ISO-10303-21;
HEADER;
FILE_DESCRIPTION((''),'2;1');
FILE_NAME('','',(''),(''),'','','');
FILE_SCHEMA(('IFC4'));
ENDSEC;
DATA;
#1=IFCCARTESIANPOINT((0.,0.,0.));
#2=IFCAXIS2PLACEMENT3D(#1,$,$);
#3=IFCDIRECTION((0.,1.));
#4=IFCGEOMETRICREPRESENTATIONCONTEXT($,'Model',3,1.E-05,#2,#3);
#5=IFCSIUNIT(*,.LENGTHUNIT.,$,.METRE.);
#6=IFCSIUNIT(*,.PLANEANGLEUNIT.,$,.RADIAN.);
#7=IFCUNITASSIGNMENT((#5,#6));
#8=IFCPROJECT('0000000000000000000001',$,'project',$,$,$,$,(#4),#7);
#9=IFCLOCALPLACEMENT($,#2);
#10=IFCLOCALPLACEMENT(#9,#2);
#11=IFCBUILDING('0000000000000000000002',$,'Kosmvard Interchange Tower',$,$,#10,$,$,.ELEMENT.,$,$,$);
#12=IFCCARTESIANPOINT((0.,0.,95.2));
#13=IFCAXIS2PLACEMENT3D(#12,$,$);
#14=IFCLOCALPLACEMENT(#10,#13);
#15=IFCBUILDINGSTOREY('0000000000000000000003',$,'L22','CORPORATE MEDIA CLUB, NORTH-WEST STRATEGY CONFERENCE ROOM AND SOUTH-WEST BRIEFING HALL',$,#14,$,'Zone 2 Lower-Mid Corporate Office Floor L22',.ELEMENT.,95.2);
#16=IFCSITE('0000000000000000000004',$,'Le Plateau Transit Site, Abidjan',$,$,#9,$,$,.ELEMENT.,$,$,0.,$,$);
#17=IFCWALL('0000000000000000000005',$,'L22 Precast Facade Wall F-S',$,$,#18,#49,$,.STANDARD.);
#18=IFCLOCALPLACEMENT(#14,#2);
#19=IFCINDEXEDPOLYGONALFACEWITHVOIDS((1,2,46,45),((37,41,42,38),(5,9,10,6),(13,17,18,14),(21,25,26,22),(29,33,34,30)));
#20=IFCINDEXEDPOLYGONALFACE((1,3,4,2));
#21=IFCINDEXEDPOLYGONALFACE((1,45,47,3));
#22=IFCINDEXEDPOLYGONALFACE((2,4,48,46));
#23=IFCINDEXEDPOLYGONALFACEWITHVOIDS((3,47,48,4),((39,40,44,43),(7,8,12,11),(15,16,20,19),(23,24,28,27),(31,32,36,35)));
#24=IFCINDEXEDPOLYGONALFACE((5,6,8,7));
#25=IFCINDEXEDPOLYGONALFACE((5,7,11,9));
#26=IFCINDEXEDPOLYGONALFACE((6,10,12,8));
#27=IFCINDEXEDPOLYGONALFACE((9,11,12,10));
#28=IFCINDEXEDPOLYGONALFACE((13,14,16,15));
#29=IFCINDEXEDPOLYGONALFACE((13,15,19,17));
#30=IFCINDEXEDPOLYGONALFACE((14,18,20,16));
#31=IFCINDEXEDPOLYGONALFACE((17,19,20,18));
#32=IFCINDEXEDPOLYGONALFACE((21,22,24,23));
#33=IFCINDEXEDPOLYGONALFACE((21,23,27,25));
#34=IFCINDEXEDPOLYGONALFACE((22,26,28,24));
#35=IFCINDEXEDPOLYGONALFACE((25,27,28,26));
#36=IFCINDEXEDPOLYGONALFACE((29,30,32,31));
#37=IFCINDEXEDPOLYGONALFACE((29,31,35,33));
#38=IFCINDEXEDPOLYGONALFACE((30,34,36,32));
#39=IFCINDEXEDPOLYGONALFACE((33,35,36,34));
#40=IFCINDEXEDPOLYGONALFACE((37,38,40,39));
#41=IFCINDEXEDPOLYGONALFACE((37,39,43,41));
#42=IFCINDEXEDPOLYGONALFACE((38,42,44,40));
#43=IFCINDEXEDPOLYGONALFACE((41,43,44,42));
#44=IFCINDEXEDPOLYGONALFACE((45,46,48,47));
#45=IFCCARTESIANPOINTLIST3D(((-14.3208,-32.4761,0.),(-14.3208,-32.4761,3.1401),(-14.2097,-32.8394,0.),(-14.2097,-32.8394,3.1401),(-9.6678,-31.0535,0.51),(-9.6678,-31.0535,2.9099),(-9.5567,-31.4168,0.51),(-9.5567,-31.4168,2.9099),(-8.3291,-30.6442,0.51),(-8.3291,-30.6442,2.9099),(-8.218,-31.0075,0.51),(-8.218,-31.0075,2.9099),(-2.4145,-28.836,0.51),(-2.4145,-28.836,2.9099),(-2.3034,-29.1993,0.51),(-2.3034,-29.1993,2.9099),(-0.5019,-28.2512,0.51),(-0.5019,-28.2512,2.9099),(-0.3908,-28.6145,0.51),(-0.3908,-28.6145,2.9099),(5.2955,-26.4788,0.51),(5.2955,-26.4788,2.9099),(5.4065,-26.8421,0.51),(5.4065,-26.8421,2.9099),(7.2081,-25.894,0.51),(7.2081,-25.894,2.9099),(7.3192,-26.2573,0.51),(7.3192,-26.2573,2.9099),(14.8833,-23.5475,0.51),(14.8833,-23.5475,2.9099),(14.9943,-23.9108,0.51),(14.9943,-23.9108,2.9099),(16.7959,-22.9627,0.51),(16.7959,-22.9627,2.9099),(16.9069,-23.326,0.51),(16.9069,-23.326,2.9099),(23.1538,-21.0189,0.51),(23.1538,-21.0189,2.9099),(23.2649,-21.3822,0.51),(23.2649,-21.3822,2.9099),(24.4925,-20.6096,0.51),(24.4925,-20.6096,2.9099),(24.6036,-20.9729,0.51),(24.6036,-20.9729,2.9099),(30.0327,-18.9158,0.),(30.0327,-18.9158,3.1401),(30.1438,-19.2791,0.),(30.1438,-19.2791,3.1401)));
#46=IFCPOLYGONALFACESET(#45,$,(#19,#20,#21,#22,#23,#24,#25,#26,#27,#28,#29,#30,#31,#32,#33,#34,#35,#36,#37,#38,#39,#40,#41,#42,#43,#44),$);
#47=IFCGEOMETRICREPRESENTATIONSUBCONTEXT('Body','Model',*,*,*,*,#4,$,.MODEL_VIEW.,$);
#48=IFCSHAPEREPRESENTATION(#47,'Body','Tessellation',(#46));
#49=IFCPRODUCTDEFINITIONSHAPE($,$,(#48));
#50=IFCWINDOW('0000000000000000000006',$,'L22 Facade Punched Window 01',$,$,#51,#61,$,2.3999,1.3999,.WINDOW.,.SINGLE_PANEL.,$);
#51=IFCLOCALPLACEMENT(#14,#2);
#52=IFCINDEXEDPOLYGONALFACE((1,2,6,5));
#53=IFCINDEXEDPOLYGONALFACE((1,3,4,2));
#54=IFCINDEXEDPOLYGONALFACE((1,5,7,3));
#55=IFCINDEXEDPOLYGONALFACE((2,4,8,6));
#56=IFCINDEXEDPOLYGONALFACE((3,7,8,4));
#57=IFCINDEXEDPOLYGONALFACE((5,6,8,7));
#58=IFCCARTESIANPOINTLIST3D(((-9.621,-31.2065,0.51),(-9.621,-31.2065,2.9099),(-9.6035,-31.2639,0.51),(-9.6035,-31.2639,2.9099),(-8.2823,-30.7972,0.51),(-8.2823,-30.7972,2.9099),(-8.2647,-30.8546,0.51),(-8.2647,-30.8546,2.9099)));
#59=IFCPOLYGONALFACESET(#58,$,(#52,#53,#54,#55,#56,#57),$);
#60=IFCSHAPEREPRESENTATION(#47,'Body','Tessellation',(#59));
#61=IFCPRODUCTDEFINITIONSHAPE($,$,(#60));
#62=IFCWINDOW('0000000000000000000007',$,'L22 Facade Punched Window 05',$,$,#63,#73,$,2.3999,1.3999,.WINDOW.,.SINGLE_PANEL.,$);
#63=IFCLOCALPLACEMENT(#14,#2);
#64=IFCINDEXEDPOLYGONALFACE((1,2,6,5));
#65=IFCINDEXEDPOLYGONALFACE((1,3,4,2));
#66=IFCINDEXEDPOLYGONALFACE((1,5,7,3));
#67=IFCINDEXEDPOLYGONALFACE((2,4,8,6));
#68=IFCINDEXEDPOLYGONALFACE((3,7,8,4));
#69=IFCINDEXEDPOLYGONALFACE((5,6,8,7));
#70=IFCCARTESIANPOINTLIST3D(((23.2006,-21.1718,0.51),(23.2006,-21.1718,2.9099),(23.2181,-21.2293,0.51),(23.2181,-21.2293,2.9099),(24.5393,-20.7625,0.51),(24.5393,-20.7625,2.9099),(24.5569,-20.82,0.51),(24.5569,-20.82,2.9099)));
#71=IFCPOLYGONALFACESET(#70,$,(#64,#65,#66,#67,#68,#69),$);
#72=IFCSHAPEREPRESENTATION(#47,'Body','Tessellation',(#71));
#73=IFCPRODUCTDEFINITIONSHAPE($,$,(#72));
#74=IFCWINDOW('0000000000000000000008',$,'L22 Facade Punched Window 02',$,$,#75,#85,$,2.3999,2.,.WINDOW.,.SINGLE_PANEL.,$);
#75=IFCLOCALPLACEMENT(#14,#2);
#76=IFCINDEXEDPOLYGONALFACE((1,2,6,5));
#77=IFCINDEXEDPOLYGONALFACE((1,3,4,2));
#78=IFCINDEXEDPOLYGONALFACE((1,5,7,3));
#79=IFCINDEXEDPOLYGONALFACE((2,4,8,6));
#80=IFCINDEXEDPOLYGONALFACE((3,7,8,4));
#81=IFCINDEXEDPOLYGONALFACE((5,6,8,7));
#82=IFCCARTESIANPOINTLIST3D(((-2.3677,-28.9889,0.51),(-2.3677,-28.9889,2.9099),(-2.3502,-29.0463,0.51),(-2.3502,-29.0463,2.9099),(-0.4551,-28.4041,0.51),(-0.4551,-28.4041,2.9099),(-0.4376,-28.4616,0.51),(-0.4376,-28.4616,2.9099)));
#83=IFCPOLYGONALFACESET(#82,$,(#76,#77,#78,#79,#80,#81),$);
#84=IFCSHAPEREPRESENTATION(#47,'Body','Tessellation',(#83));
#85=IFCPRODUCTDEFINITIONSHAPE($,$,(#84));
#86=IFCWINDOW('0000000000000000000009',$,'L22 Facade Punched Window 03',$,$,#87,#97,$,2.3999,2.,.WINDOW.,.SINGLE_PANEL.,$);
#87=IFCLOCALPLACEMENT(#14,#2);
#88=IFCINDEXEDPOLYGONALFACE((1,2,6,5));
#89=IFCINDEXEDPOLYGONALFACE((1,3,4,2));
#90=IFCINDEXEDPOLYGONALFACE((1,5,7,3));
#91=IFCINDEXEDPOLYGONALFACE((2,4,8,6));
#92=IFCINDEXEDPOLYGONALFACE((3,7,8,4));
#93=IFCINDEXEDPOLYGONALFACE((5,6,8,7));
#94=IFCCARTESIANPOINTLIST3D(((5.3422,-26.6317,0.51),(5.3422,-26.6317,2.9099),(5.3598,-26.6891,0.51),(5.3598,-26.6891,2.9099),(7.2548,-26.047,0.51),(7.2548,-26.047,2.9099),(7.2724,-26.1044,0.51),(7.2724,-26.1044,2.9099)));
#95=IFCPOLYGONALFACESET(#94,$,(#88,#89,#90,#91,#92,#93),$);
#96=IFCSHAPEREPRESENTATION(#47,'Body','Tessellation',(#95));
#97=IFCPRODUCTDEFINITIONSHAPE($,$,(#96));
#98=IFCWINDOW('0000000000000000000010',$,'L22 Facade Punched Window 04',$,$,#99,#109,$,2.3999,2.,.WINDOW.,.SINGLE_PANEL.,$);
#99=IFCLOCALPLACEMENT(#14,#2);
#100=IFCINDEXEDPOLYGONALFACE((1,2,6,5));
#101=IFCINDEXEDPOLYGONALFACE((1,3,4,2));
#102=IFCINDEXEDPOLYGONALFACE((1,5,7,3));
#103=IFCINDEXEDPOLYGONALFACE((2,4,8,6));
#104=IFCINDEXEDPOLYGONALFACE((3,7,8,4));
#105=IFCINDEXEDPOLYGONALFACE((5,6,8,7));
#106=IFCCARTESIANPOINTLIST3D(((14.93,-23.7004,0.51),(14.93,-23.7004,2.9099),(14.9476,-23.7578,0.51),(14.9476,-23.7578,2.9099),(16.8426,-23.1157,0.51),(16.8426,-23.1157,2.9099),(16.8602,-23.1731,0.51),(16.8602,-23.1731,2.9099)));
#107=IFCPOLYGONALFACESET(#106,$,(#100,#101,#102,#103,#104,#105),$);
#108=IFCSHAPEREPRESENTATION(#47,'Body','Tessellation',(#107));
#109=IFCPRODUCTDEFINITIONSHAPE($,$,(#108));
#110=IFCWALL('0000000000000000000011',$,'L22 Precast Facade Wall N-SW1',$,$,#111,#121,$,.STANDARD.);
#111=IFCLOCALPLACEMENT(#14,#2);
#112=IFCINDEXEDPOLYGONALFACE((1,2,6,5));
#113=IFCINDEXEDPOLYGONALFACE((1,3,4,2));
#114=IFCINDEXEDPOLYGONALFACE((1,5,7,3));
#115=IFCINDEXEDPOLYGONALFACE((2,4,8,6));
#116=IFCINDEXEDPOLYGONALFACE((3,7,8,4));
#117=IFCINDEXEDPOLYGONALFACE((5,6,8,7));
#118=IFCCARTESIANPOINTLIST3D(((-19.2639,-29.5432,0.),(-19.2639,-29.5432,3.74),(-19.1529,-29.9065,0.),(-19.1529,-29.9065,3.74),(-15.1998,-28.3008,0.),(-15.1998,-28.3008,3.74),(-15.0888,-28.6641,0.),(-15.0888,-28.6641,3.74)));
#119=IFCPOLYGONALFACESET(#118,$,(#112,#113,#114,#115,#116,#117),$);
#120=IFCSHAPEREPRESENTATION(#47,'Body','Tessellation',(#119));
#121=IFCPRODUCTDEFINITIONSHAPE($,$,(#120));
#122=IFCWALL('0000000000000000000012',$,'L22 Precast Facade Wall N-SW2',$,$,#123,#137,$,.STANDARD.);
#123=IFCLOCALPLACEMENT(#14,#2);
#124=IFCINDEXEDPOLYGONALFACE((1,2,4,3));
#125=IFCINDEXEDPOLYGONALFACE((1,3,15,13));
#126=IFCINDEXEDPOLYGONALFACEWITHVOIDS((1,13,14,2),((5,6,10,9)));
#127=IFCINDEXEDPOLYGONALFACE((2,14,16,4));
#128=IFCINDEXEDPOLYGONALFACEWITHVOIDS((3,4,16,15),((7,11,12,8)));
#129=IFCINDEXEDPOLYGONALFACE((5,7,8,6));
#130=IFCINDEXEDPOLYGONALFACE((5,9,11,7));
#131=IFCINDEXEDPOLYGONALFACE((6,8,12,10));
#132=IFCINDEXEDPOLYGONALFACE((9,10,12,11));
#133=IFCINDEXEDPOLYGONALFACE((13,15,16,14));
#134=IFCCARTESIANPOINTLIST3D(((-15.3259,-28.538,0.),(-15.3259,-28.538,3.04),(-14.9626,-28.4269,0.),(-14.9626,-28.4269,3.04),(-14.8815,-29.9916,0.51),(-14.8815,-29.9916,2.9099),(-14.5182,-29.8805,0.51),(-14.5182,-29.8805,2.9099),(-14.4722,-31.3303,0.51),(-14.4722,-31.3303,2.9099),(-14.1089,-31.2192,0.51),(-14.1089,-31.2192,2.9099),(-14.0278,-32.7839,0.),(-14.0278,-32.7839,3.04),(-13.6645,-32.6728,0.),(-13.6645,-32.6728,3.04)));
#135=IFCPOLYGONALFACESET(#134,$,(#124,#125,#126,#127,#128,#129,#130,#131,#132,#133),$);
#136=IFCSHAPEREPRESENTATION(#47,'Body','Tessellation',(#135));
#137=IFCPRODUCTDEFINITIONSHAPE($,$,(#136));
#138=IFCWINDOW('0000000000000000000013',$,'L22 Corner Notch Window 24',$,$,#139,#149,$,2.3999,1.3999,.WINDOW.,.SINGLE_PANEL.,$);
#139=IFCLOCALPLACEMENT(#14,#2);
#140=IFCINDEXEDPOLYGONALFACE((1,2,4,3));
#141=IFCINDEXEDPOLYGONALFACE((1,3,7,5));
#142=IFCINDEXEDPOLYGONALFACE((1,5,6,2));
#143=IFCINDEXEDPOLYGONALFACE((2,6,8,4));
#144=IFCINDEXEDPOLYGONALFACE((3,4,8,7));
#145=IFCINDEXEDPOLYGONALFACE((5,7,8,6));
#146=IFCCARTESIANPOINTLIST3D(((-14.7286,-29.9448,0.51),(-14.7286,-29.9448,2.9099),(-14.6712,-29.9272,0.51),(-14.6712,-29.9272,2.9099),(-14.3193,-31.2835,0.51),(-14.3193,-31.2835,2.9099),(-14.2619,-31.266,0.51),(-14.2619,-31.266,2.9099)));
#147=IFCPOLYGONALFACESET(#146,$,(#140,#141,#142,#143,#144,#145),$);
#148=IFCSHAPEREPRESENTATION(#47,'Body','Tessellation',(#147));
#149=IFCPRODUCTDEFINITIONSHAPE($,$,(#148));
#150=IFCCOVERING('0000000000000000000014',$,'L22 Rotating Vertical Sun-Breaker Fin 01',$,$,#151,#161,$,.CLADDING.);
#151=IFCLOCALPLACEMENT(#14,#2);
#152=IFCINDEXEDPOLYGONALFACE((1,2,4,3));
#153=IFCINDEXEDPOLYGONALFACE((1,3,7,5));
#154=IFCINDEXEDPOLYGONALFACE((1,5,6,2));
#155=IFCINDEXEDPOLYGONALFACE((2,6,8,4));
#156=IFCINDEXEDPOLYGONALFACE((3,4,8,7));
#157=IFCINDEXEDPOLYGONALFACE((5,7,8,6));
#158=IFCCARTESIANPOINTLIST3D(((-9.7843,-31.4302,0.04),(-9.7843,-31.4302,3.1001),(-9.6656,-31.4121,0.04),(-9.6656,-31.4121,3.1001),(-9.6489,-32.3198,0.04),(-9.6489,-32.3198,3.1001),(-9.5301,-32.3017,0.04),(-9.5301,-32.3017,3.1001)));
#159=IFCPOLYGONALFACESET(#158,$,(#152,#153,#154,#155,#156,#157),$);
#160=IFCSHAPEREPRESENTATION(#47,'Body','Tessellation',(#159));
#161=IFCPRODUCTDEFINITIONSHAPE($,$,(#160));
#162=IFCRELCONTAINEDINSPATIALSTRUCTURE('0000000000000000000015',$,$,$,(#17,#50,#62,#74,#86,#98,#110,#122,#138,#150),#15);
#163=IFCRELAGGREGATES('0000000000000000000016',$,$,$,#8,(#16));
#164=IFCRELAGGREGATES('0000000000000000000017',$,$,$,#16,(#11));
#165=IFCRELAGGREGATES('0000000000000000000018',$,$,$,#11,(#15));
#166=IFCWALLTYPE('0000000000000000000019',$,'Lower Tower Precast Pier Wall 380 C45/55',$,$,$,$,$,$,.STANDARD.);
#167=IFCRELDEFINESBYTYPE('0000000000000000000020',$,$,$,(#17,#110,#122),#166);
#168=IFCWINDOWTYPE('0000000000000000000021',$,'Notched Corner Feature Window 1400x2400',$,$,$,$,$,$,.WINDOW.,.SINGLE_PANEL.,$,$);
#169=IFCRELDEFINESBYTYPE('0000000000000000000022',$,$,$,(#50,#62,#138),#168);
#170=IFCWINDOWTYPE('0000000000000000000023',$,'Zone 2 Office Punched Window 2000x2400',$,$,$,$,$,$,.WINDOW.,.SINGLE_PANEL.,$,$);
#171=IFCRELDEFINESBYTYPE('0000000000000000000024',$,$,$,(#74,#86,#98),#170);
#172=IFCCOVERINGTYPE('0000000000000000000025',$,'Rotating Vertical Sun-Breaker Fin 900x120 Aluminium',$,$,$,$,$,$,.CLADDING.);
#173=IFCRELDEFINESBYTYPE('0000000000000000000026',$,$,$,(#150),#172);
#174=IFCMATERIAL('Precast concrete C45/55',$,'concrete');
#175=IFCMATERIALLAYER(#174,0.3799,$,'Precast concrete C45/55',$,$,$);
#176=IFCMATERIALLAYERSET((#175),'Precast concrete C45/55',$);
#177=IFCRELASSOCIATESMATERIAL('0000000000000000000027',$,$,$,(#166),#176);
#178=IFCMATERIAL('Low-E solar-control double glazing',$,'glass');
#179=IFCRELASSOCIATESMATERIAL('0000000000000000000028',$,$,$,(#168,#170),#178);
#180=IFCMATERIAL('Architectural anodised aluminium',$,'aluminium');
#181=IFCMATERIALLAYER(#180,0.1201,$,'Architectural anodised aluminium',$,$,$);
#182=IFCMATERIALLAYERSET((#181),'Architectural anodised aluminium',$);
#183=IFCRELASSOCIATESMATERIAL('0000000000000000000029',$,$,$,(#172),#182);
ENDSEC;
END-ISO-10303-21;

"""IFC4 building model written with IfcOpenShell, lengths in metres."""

from ifc_helpers import new_model, si_unit, direction, frame, frame_2d, origin, origin_2d, place, context, subcontext, project, spatial, rectangle, extrude, source, transform, mapped, material, layer, layer_set, type_object, element, fill, save


model = new_model("IFC4")

# Units and contexts
model_context = context("Model", 3, precision=1e-05, world=origin(), true_north=direction((0.0, 1.0)))
body_context = subcontext(model_context, "Body", "Model", "MODEL_VIEW")
ifc_project = project(units=[si_unit("LENGTHUNIT", "METRE"), si_unit("PLANEANGLEUNIT", "RADIAN")], contexts=[model_context])

# Site, building, storey
site_placement = place(None, origin())
site = spatial("IfcSite", under=ifc_project, at=site_placement, Name="Le Plateau Transit Site, Abidjan", CompositionType="ELEMENT", RefElevation=0.0)
building_placement = place(site_placement, origin())
building = spatial("IfcBuilding", under=site, at=building_placement, Name="Kosmvard Interchange Tower", CompositionType="ELEMENT")
storey_placement = place(building_placement, frame((0.0, 0.0, 95.2)))
storey = spatial("IfcBuildingStorey", under=building, at=storey_placement, Name="L22", Description="CORPORATE MEDIA CLUB, NORTH-WEST STRATEGY CONFERENCE ROOM AND SOUTH-WEST BRIEFING HALL", LongName="Zone 2 Lower-Mid Corporate Office Floor L22", CompositionType="ELEMENT", Elevation=95.2)

# Shared definitions
ifc_material_1 = material(Name="Precast concrete C45/55", Category="concrete")

# Wall, openings, windows
ifc_layer_1 = layer(ifc_material_1, 0.3799, Name="Precast concrete C45/55")
ifc_layer_set_1 = layer_set([ifc_layer_1], Name="Precast concrete C45/55")
wall_type = type_object("IfcWallType", Name="Lower Tower Precast Pier Wall 380 C45/55", PredefinedType="STANDARD", material=ifc_layer_set_1)
wall_1_placement = place(storey_placement, frame((-14.2651, -32.6577, 0.0), z_axis=(0.0, 0.0, 1.0), x_axis=(0.956304, 0.292373, 0.0)))
wall_1 = element("IfcWall", 1, at=wall_1_placement, inside=storey, type_object=wall_type, Name="L22 Precast Facade Wall F-S", PredefinedType="STANDARD", context=body_context, shape_type="SweptSolid", body=[
    extrude(rectangle(XDim=46.3801, YDim=0.3799, at=frame_2d((23.1899, 0.0))), origin(), (0.0, 0.0, 1.0), 3.1401),
])
opening_1_placement = place(wall_1_placement, frame((4.8655, 0.0, 0.51)))
opening_1 = element("IfcOpeningElement", 2, at=opening_1_placement, cuts=wall_1, PredefinedType="OPENING", context=body_context, shape_type="SweptSolid", body=[
    extrude(rectangle(XDim=1.3999, YDim=2.3999, at=frame_2d((0.7, 1.2))), frame((0.0, 0.2, 0.0), z_axis=(0.0, -1.0, 0.0), x_axis=(1.0, 0.0, 0.0)), (0.0, 0.0, 1.0), 0.3999),
])
opening_2_placement = place(wall_1_placement, frame((12.4502, 0.0, 0.51)))
opening_2 = element("IfcOpeningElement", 3, at=opening_2_placement, cuts=wall_1, PredefinedType="OPENING", context=body_context, shape_type="SweptSolid", body=[
    extrude(rectangle(XDim=2.0, YDim=2.3999, at=frame_2d((1.0, 1.2))), frame((0.0, 0.2, 0.0), z_axis=(0.0, -1.0, 0.0), x_axis=(1.0, 0.0, 0.0)), (0.0, 0.0, 1.0), 0.3999),
])
opening_3_placement = place(wall_1_placement, frame((20.5125, 0.0, 0.51)))
opening_3 = element("IfcOpeningElement", 4, at=opening_3_placement, cuts=wall_1, PredefinedType="OPENING", context=body_context, shape_type="SweptSolid", body=[
    extrude(rectangle(XDim=2.0, YDim=2.3999, at=frame_2d((1.0, 1.2))), frame((0.0, 0.2, 0.0), z_axis=(0.0, -1.0, 0.0), x_axis=(1.0, 0.0, 0.0)), (0.0, 0.0, 1.0), 0.3999),
])
opening_4_placement = place(wall_1_placement, frame((30.5383, 0.0, 0.51)))
opening_4 = element("IfcOpeningElement", 5, at=opening_4_placement, cuts=wall_1, PredefinedType="OPENING", context=body_context, shape_type="SweptSolid", body=[
    extrude(rectangle(XDim=2.0, YDim=2.3999, at=frame_2d((1.0, 1.2))), frame((0.0, 0.2, 0.0), z_axis=(0.0, -1.0, 0.0), x_axis=(1.0, 0.0, 0.0)), (0.0, 0.0, 1.0), 0.3999),
])
opening_5_placement = place(wall_1_placement, frame((39.1868, 0.0, 0.51)))
opening_5 = element("IfcOpeningElement", 6, at=opening_5_placement, cuts=wall_1, PredefinedType="OPENING", context=body_context, shape_type="SweptSolid", body=[
    extrude(rectangle(XDim=1.3999, YDim=2.3999, at=frame_2d((0.7, 1.2))), frame((0.0, 0.2, 0.0), z_axis=(0.0, -1.0, 0.0), x_axis=(1.0, 0.0, 0.0)), (0.0, 0.0, 1.0), 0.3999),
])
ifc_material_2 = material(Name="Low-E solar-control double glazing", Category="glass")
window_type_1 = type_object("IfcWindowType", Name="Notched Corner Feature Window 1400x2400", PartitioningType="SINGLE_PANEL", PredefinedType="WINDOW", material=ifc_material_2)
shared_shape_1 = source(origin(), body_context, "Body", "SweptSolid", [
    extrude(rectangle(XDim=1.3999, YDim=2.3999, at=frame_2d((0.7, 1.2))), frame((0.0, 0.03, 0.0), z_axis=(0.0, -1.0, 0.0), x_axis=(1.0, 0.0, 0.0)), (0.0, 0.0, 1.0), 0.0601),
])
window_1_placement = place(opening_1_placement, origin())
window_1 = element("IfcWindow", 7, at=window_1_placement, inside=storey, type_object=window_type_1, Name="L22 Facade Punched Window 01", OverallHeight=2.3999, OverallWidth=1.3999, PartitioningType="SINGLE_PANEL", PredefinedType="WINDOW", context=body_context, shape_type="MappedRepresentation", body=[
    mapped(shared_shape_1, transform((0.0, 0.0, 0.0), scale=1.0)),
])
fill(opening_1, window_1)
window_2_placement = place(opening_5_placement, origin())
window_2 = element("IfcWindow", 8, at=window_2_placement, inside=storey, type_object=window_type_1, Name="L22 Facade Punched Window 05", OverallHeight=2.3999, OverallWidth=1.3999, PartitioningType="SINGLE_PANEL", PredefinedType="WINDOW", context=body_context, shape_type="MappedRepresentation", body=[
    mapped(shared_shape_1, transform((0.0, 0.0, 0.0), scale=1.0)),
])
fill(opening_5, window_2)
window_type_2 = type_object("IfcWindowType", Name="Zone 2 Office Punched Window 2000x2400", PartitioningType="SINGLE_PANEL", PredefinedType="WINDOW", material=ifc_material_2)
shared_shape_2 = source(origin(), body_context, "Body", "SweptSolid", [
    extrude(rectangle(XDim=2.0, YDim=2.3999, at=frame_2d((1.0, 1.2))), frame((0.0, 0.03, 0.0), z_axis=(0.0, -1.0, 0.0), x_axis=(1.0, 0.0, 0.0)), (0.0, 0.0, 1.0), 0.0601),
])
window_3_placement = place(opening_2_placement, origin())
window_3 = element("IfcWindow", 9, at=window_3_placement, inside=storey, type_object=window_type_2, Name="L22 Facade Punched Window 02", OverallHeight=2.3999, OverallWidth=2.0, PartitioningType="SINGLE_PANEL", PredefinedType="WINDOW", context=body_context, shape_type="MappedRepresentation", body=[
    mapped(shared_shape_2, transform((0.0, 0.0, 0.0), scale=1.0)),
])
fill(opening_2, window_3)
window_4_placement = place(opening_3_placement, origin())
window_4 = element("IfcWindow", 10, at=window_4_placement, inside=storey, type_object=window_type_2, Name="L22 Facade Punched Window 03", OverallHeight=2.3999, OverallWidth=2.0, PartitioningType="SINGLE_PANEL", PredefinedType="WINDOW", context=body_context, shape_type="MappedRepresentation", body=[
    mapped(shared_shape_2, transform((0.0, 0.0, 0.0), scale=1.0)),
])
fill(opening_3, window_4)
window_5_placement = place(opening_4_placement, origin())
window_5 = element("IfcWindow", 11, at=window_5_placement, inside=storey, type_object=window_type_2, Name="L22 Facade Punched Window 04", OverallHeight=2.3999, OverallWidth=2.0, PartitioningType="SINGLE_PANEL", PredefinedType="WINDOW", context=body_context, shape_type="MappedRepresentation", body=[
    mapped(shared_shape_2, transform((0.0, 0.0, 0.0), scale=1.0)),
])
fill(opening_4, window_5)

# Wall
wall_2_placement = place(storey_placement, frame((-19.2085, -29.7249, 0.0), z_axis=(0.0, 0.0, 1.0), x_axis=(0.956313, 0.292346, 0.0)))
element("IfcWall", 12, at=wall_2_placement, inside=storey, type_object=wall_type, Name="L22 Precast Facade Wall N-SW1", PredefinedType="STANDARD", context=body_context, shape_type="SweptSolid", body=[
    extrude(rectangle(XDim=4.2498, YDim=0.3799, at=frame_2d((2.125, 0.0))), origin(), (0.0, 0.0, 1.0), 3.74),
])

# Wall, opening, window
wall_3_placement = place(storey_placement, frame((-15.1443, -28.4824, 0.0), z_axis=(0.0, 0.0, 1.0), x_axis=(0.292374, -0.956304, 0.0)))
wall_3 = element("IfcWall", 13, at=wall_3_placement, inside=storey, type_object=wall_type, Name="L22 Precast Facade Wall N-SW2", PredefinedType="STANDARD", context=body_context, shape_type="SweptSolid", body=[
    extrude(rectangle(XDim=4.4399, YDim=0.3799, at=frame_2d((2.22, 0.0))), origin(), (0.0, 0.0, 1.0), 3.04),
])
opening_6_placement = place(wall_3_placement, frame((1.52, 0.0, 0.51)))
opening_6 = element("IfcOpeningElement", 14, at=opening_6_placement, cuts=wall_3, PredefinedType="OPENING", context=body_context, shape_type="SweptSolid", body=[
    extrude(rectangle(XDim=1.3999, YDim=2.3999, at=frame_2d((0.7, 1.2))), frame((0.0, 0.2, 0.0), z_axis=(0.0, -1.0, 0.0), x_axis=(1.0, 0.0, 0.0)), (0.0, 0.0, 1.0), 0.3999),
])
window_6_placement = place(opening_6_placement, origin())
window_6 = element("IfcWindow", 15, at=window_6_placement, inside=storey, type_object=window_type_1, Name="L22 Corner Notch Window 24", OverallHeight=2.3999, OverallWidth=1.3999, PartitioningType="SINGLE_PANEL", PredefinedType="WINDOW", context=body_context, shape_type="MappedRepresentation", body=[
    mapped(shared_shape_1, transform((0.0, 0.0, 0.0), scale=1.0)),
])
fill(opening_6, window_6)

# Covering
ifc_material_3 = material(Name="Architectural anodised aluminium", Category="aluminium")
ifc_layer_2 = layer(ifc_material_3, 0.1201, Name="Architectural anodised aluminium")
ifc_layer_set_2 = layer_set([ifc_layer_2], Name="Architectural anodised aluminium")
covering_type = type_object("IfcCoveringType", Name="Rotating Vertical Sun-Breaker Fin 900x120 Aluminium", PredefinedType="CLADDING", material=ifc_layer_set_2)
shared_shape_3 = source(origin(), body_context, "Body", "SweptSolid", [
    extrude(rectangle(XDim=0.8999, YDim=0.1201, at=origin_2d()), origin(), (0.0, 0.0, 1.0), 3.0601),
])
for number, where, z_axis, x_axis, name in (
    (16, (-9.6572, -31.866, 0.04), (0.0, 0.0, 1.0), (0.150571, -0.988599, 0.0), "L22 Rotating Vertical Sun-Breaker Fin 01"),
):
    element("IfcCovering", number, at=place(storey_placement, frame(where, z_axis=z_axis, x_axis=x_axis)), inside=storey, type_object=covering_type, Name=name, PredefinedType="CLADDING", context=body_context, shape_type="MappedRepresentation", body=[
        mapped(shared_shape_3, transform((0.0, 0.0, 0.0), scale=1.0)),
    ])

save(model, "model.ifc")
